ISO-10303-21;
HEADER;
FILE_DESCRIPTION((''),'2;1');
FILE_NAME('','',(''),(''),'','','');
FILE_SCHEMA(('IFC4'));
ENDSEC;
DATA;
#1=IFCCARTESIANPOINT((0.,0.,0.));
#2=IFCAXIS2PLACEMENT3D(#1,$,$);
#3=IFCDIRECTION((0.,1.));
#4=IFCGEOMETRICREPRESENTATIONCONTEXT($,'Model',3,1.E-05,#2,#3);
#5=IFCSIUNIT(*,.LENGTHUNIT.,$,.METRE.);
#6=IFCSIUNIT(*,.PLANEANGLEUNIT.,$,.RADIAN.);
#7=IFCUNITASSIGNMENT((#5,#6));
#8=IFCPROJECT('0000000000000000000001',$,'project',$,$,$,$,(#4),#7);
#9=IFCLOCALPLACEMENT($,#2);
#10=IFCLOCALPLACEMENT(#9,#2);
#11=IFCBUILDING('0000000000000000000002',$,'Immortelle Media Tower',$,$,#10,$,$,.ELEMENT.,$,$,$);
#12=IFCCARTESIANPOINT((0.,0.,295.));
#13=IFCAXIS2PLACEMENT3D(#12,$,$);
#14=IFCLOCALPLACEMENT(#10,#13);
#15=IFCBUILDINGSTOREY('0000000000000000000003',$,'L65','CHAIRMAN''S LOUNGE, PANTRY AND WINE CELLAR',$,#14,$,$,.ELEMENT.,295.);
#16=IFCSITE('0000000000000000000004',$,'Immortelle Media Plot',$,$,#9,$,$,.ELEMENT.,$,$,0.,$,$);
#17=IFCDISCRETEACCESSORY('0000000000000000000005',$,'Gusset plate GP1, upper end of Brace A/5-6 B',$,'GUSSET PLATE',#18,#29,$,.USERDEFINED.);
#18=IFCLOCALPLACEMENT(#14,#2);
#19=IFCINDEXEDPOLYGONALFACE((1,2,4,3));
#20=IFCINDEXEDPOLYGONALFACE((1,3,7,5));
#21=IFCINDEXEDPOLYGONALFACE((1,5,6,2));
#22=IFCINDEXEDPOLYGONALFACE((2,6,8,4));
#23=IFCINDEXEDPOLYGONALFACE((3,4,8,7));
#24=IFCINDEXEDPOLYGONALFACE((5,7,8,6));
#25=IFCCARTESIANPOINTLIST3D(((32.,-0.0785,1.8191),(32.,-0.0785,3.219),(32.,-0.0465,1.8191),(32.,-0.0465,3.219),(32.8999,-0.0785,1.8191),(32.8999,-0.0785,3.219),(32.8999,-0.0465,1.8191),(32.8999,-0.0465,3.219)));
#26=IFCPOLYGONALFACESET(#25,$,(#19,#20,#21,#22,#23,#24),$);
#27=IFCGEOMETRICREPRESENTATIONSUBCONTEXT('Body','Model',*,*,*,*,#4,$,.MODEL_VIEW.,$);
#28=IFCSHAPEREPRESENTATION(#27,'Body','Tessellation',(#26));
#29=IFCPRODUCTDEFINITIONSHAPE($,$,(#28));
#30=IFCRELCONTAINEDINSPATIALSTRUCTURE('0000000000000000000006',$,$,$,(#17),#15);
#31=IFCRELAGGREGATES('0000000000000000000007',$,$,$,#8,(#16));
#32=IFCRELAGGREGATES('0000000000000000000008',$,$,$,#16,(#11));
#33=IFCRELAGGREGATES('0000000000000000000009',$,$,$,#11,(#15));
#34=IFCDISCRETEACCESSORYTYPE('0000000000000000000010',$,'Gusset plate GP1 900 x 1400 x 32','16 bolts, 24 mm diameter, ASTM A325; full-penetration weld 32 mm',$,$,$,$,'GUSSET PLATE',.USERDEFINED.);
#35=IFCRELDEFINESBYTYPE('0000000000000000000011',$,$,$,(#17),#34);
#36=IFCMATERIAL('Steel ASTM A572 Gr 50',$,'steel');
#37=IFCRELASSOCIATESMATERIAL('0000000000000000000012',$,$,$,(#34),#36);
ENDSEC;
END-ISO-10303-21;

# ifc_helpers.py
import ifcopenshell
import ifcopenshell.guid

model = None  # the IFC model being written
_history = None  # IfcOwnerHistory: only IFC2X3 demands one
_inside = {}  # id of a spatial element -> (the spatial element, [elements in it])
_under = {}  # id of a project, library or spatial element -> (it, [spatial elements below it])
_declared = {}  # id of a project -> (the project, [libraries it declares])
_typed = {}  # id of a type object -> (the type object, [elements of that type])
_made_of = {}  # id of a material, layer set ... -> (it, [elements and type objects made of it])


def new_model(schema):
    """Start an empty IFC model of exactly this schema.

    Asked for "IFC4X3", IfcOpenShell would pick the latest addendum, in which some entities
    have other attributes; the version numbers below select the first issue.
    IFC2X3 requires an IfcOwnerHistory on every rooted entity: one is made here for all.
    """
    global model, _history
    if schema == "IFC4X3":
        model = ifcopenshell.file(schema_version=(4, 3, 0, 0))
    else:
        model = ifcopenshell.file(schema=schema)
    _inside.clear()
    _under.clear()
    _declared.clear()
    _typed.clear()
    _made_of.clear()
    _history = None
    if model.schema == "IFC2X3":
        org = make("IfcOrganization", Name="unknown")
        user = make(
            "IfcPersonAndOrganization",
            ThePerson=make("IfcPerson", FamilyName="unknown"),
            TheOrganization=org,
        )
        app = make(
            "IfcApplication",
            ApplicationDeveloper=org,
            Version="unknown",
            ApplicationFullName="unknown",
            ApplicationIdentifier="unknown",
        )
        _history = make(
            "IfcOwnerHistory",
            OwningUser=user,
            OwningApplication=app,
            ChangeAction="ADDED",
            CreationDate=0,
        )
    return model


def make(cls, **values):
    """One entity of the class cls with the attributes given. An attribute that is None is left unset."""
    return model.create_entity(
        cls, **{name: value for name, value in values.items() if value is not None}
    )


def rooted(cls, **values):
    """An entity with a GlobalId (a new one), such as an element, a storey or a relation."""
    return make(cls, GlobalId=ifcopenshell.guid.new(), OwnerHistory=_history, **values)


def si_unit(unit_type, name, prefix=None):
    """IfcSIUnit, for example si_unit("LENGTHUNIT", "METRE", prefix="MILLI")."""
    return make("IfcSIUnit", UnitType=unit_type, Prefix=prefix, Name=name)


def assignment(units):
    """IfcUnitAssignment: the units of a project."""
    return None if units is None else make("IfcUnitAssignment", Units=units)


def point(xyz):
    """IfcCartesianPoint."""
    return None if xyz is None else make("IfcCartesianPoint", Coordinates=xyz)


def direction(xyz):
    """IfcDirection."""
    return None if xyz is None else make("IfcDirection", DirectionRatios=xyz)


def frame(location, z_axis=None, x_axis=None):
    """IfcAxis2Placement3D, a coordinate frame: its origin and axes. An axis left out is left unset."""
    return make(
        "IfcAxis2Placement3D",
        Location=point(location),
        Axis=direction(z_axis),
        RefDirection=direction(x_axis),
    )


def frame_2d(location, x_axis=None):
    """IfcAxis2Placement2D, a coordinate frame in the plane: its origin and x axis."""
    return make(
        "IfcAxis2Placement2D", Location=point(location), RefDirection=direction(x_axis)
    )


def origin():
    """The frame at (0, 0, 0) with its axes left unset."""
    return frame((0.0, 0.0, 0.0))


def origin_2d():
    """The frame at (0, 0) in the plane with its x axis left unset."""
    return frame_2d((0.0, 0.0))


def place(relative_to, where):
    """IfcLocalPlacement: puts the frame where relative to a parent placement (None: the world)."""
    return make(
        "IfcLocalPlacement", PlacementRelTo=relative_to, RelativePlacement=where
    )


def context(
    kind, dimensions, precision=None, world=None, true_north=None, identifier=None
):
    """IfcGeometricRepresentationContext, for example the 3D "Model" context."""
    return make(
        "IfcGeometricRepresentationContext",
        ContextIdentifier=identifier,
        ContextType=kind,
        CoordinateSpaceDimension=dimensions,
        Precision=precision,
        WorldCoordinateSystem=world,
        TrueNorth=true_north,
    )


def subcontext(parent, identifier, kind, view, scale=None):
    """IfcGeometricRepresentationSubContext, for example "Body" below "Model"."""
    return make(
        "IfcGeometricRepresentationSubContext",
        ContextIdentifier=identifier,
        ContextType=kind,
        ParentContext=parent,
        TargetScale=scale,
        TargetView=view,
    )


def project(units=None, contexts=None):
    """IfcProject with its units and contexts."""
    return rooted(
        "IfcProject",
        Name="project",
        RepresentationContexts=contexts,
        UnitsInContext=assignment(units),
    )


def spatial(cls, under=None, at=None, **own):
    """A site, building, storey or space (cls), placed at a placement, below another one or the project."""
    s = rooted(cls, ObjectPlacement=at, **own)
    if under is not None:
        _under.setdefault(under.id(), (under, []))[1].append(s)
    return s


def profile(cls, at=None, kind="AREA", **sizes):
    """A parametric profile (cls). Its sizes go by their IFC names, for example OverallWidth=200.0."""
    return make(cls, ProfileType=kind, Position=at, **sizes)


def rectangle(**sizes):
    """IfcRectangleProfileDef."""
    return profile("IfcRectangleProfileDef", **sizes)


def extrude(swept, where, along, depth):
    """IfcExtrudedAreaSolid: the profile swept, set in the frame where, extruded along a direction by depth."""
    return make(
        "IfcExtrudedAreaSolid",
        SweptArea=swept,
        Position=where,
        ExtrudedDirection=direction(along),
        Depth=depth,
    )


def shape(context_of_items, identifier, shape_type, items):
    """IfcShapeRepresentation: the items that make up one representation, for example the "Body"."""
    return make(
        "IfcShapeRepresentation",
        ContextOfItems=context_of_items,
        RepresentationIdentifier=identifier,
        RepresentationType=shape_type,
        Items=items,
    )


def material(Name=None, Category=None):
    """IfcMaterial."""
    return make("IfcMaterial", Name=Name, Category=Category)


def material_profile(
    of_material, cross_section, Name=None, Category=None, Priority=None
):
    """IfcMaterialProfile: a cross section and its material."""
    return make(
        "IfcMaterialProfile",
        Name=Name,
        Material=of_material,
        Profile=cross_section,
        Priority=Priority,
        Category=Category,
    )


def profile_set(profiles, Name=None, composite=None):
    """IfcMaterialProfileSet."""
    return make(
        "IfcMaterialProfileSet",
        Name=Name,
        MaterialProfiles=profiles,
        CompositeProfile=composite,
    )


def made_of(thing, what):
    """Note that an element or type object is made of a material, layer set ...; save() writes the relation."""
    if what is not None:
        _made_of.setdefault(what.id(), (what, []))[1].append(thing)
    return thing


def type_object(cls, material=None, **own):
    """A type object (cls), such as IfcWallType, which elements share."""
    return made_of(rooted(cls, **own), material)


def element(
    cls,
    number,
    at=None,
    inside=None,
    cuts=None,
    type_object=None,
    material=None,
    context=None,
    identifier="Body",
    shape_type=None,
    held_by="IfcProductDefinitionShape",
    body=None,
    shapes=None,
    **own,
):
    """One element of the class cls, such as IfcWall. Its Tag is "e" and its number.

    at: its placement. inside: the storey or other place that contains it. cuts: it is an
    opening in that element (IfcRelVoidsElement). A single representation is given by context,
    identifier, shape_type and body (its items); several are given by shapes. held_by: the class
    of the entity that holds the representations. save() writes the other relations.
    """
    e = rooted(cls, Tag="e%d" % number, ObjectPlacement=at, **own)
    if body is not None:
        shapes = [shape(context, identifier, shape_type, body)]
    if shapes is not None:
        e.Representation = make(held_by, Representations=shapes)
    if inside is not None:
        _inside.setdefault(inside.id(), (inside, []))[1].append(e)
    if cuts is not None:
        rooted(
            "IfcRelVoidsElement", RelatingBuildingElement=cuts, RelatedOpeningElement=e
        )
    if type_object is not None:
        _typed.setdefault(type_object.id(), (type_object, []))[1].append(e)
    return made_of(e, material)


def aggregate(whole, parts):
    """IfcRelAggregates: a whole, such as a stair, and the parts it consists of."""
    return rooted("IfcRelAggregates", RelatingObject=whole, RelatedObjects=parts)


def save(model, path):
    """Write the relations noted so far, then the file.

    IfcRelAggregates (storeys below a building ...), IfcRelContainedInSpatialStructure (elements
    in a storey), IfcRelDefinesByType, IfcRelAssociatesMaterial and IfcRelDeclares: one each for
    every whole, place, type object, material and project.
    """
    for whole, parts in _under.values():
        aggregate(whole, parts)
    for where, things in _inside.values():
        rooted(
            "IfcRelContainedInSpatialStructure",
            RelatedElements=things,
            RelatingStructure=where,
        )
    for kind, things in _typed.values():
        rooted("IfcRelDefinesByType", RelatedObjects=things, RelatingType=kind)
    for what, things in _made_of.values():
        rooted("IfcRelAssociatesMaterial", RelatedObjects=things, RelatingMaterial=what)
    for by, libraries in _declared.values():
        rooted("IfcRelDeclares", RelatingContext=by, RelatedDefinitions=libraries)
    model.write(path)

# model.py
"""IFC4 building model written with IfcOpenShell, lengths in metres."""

from ifc_helpers import new_model, si_unit, direction, frame, origin, origin_2d, place, context, subcontext, project, spatial, rectangle, extrude, material, material_profile, profile_set, type_object, element, save


model = new_model("IFC4")

# Units and contexts
model_context = context("Model", 3, precision=1e-05, world=origin(), true_north=direction((0.0, 1.0)))
body_context = subcontext(model_context, "Body", "Model", "MODEL_VIEW")
ifc_project = project(units=[si_unit("LENGTHUNIT", "METRE"), si_unit("PLANEANGLEUNIT", "RADIAN")], contexts=[model_context])

# Site, building, storey
site_placement = place(None, origin())
site = spatial("IfcSite", under=ifc_project, at=site_placement, Name="Immortelle Media Plot", CompositionType="ELEMENT", RefElevation=0.0)
building_placement = place(site_placement, origin())
building = spatial("IfcBuilding", under=site, at=building_placement, Name="Immortelle Media Tower", CompositionType="ELEMENT")
storey_placement = place(building_placement, frame((0.0, 0.0, 295.0)))
storey = spatial("IfcBuildingStorey", under=building, at=storey_placement, Name="L65", Description="CHAIRMAN'S LOUNGE, PANTRY AND WINE CELLAR", CompositionType="ELEMENT", Elevation=295.0)

# Discrete accessory
ifc_material_1 = material(Name="Steel ASTM A572 Gr 50", Category="steel")
ifc_material_profile_1 = material_profile(ifc_material_1, rectangle(XDim=0.032, YDim=1.3999, at=origin_2d()), Name="PL 32 x 1400")
ifc_profile_set_1 = profile_set([ifc_material_profile_1], Name="Steel ASTM A572 Gr 50")
discrete_accessory_type_1 = type_object("IfcDiscreteAccessoryType", Name="Gusset plate GP1 900 x 1400 x 32", Description="16 bolts, 24 mm diameter, ASTM A325; full-penetration weld 32 mm", ElementType="GUSSET PLATE", PredefinedType="USERDEFINED", material=ifc_profile_set_1)
for number, where, z_axis, x_axis, name in (
    (1, (32.0, -0.0625, 2.519), (1.0, 0.0, 0.0), (0.0, 1.0, 0.0), "Gusset plate GP1, upper end of Brace A/5-6 B"),
):
    element("IfcDiscreteAccessory", number, at=place(storey_placement, frame(where, z_axis=z_axis, x_axis=x_axis)), inside=storey, type_object=discrete_accessory_type_1, Name=name, ObjectType="GUSSET PLATE", PredefinedType="USERDEFINED", context=body_context, shape_type="SweptSolid", body=[
        extrude(rectangle(XDim=0.032, YDim=1.3999, at=origin_2d()), origin(), (0.0, 0.0, 1.0), 0.8999),
    ])

save(model, "model.ifc")
